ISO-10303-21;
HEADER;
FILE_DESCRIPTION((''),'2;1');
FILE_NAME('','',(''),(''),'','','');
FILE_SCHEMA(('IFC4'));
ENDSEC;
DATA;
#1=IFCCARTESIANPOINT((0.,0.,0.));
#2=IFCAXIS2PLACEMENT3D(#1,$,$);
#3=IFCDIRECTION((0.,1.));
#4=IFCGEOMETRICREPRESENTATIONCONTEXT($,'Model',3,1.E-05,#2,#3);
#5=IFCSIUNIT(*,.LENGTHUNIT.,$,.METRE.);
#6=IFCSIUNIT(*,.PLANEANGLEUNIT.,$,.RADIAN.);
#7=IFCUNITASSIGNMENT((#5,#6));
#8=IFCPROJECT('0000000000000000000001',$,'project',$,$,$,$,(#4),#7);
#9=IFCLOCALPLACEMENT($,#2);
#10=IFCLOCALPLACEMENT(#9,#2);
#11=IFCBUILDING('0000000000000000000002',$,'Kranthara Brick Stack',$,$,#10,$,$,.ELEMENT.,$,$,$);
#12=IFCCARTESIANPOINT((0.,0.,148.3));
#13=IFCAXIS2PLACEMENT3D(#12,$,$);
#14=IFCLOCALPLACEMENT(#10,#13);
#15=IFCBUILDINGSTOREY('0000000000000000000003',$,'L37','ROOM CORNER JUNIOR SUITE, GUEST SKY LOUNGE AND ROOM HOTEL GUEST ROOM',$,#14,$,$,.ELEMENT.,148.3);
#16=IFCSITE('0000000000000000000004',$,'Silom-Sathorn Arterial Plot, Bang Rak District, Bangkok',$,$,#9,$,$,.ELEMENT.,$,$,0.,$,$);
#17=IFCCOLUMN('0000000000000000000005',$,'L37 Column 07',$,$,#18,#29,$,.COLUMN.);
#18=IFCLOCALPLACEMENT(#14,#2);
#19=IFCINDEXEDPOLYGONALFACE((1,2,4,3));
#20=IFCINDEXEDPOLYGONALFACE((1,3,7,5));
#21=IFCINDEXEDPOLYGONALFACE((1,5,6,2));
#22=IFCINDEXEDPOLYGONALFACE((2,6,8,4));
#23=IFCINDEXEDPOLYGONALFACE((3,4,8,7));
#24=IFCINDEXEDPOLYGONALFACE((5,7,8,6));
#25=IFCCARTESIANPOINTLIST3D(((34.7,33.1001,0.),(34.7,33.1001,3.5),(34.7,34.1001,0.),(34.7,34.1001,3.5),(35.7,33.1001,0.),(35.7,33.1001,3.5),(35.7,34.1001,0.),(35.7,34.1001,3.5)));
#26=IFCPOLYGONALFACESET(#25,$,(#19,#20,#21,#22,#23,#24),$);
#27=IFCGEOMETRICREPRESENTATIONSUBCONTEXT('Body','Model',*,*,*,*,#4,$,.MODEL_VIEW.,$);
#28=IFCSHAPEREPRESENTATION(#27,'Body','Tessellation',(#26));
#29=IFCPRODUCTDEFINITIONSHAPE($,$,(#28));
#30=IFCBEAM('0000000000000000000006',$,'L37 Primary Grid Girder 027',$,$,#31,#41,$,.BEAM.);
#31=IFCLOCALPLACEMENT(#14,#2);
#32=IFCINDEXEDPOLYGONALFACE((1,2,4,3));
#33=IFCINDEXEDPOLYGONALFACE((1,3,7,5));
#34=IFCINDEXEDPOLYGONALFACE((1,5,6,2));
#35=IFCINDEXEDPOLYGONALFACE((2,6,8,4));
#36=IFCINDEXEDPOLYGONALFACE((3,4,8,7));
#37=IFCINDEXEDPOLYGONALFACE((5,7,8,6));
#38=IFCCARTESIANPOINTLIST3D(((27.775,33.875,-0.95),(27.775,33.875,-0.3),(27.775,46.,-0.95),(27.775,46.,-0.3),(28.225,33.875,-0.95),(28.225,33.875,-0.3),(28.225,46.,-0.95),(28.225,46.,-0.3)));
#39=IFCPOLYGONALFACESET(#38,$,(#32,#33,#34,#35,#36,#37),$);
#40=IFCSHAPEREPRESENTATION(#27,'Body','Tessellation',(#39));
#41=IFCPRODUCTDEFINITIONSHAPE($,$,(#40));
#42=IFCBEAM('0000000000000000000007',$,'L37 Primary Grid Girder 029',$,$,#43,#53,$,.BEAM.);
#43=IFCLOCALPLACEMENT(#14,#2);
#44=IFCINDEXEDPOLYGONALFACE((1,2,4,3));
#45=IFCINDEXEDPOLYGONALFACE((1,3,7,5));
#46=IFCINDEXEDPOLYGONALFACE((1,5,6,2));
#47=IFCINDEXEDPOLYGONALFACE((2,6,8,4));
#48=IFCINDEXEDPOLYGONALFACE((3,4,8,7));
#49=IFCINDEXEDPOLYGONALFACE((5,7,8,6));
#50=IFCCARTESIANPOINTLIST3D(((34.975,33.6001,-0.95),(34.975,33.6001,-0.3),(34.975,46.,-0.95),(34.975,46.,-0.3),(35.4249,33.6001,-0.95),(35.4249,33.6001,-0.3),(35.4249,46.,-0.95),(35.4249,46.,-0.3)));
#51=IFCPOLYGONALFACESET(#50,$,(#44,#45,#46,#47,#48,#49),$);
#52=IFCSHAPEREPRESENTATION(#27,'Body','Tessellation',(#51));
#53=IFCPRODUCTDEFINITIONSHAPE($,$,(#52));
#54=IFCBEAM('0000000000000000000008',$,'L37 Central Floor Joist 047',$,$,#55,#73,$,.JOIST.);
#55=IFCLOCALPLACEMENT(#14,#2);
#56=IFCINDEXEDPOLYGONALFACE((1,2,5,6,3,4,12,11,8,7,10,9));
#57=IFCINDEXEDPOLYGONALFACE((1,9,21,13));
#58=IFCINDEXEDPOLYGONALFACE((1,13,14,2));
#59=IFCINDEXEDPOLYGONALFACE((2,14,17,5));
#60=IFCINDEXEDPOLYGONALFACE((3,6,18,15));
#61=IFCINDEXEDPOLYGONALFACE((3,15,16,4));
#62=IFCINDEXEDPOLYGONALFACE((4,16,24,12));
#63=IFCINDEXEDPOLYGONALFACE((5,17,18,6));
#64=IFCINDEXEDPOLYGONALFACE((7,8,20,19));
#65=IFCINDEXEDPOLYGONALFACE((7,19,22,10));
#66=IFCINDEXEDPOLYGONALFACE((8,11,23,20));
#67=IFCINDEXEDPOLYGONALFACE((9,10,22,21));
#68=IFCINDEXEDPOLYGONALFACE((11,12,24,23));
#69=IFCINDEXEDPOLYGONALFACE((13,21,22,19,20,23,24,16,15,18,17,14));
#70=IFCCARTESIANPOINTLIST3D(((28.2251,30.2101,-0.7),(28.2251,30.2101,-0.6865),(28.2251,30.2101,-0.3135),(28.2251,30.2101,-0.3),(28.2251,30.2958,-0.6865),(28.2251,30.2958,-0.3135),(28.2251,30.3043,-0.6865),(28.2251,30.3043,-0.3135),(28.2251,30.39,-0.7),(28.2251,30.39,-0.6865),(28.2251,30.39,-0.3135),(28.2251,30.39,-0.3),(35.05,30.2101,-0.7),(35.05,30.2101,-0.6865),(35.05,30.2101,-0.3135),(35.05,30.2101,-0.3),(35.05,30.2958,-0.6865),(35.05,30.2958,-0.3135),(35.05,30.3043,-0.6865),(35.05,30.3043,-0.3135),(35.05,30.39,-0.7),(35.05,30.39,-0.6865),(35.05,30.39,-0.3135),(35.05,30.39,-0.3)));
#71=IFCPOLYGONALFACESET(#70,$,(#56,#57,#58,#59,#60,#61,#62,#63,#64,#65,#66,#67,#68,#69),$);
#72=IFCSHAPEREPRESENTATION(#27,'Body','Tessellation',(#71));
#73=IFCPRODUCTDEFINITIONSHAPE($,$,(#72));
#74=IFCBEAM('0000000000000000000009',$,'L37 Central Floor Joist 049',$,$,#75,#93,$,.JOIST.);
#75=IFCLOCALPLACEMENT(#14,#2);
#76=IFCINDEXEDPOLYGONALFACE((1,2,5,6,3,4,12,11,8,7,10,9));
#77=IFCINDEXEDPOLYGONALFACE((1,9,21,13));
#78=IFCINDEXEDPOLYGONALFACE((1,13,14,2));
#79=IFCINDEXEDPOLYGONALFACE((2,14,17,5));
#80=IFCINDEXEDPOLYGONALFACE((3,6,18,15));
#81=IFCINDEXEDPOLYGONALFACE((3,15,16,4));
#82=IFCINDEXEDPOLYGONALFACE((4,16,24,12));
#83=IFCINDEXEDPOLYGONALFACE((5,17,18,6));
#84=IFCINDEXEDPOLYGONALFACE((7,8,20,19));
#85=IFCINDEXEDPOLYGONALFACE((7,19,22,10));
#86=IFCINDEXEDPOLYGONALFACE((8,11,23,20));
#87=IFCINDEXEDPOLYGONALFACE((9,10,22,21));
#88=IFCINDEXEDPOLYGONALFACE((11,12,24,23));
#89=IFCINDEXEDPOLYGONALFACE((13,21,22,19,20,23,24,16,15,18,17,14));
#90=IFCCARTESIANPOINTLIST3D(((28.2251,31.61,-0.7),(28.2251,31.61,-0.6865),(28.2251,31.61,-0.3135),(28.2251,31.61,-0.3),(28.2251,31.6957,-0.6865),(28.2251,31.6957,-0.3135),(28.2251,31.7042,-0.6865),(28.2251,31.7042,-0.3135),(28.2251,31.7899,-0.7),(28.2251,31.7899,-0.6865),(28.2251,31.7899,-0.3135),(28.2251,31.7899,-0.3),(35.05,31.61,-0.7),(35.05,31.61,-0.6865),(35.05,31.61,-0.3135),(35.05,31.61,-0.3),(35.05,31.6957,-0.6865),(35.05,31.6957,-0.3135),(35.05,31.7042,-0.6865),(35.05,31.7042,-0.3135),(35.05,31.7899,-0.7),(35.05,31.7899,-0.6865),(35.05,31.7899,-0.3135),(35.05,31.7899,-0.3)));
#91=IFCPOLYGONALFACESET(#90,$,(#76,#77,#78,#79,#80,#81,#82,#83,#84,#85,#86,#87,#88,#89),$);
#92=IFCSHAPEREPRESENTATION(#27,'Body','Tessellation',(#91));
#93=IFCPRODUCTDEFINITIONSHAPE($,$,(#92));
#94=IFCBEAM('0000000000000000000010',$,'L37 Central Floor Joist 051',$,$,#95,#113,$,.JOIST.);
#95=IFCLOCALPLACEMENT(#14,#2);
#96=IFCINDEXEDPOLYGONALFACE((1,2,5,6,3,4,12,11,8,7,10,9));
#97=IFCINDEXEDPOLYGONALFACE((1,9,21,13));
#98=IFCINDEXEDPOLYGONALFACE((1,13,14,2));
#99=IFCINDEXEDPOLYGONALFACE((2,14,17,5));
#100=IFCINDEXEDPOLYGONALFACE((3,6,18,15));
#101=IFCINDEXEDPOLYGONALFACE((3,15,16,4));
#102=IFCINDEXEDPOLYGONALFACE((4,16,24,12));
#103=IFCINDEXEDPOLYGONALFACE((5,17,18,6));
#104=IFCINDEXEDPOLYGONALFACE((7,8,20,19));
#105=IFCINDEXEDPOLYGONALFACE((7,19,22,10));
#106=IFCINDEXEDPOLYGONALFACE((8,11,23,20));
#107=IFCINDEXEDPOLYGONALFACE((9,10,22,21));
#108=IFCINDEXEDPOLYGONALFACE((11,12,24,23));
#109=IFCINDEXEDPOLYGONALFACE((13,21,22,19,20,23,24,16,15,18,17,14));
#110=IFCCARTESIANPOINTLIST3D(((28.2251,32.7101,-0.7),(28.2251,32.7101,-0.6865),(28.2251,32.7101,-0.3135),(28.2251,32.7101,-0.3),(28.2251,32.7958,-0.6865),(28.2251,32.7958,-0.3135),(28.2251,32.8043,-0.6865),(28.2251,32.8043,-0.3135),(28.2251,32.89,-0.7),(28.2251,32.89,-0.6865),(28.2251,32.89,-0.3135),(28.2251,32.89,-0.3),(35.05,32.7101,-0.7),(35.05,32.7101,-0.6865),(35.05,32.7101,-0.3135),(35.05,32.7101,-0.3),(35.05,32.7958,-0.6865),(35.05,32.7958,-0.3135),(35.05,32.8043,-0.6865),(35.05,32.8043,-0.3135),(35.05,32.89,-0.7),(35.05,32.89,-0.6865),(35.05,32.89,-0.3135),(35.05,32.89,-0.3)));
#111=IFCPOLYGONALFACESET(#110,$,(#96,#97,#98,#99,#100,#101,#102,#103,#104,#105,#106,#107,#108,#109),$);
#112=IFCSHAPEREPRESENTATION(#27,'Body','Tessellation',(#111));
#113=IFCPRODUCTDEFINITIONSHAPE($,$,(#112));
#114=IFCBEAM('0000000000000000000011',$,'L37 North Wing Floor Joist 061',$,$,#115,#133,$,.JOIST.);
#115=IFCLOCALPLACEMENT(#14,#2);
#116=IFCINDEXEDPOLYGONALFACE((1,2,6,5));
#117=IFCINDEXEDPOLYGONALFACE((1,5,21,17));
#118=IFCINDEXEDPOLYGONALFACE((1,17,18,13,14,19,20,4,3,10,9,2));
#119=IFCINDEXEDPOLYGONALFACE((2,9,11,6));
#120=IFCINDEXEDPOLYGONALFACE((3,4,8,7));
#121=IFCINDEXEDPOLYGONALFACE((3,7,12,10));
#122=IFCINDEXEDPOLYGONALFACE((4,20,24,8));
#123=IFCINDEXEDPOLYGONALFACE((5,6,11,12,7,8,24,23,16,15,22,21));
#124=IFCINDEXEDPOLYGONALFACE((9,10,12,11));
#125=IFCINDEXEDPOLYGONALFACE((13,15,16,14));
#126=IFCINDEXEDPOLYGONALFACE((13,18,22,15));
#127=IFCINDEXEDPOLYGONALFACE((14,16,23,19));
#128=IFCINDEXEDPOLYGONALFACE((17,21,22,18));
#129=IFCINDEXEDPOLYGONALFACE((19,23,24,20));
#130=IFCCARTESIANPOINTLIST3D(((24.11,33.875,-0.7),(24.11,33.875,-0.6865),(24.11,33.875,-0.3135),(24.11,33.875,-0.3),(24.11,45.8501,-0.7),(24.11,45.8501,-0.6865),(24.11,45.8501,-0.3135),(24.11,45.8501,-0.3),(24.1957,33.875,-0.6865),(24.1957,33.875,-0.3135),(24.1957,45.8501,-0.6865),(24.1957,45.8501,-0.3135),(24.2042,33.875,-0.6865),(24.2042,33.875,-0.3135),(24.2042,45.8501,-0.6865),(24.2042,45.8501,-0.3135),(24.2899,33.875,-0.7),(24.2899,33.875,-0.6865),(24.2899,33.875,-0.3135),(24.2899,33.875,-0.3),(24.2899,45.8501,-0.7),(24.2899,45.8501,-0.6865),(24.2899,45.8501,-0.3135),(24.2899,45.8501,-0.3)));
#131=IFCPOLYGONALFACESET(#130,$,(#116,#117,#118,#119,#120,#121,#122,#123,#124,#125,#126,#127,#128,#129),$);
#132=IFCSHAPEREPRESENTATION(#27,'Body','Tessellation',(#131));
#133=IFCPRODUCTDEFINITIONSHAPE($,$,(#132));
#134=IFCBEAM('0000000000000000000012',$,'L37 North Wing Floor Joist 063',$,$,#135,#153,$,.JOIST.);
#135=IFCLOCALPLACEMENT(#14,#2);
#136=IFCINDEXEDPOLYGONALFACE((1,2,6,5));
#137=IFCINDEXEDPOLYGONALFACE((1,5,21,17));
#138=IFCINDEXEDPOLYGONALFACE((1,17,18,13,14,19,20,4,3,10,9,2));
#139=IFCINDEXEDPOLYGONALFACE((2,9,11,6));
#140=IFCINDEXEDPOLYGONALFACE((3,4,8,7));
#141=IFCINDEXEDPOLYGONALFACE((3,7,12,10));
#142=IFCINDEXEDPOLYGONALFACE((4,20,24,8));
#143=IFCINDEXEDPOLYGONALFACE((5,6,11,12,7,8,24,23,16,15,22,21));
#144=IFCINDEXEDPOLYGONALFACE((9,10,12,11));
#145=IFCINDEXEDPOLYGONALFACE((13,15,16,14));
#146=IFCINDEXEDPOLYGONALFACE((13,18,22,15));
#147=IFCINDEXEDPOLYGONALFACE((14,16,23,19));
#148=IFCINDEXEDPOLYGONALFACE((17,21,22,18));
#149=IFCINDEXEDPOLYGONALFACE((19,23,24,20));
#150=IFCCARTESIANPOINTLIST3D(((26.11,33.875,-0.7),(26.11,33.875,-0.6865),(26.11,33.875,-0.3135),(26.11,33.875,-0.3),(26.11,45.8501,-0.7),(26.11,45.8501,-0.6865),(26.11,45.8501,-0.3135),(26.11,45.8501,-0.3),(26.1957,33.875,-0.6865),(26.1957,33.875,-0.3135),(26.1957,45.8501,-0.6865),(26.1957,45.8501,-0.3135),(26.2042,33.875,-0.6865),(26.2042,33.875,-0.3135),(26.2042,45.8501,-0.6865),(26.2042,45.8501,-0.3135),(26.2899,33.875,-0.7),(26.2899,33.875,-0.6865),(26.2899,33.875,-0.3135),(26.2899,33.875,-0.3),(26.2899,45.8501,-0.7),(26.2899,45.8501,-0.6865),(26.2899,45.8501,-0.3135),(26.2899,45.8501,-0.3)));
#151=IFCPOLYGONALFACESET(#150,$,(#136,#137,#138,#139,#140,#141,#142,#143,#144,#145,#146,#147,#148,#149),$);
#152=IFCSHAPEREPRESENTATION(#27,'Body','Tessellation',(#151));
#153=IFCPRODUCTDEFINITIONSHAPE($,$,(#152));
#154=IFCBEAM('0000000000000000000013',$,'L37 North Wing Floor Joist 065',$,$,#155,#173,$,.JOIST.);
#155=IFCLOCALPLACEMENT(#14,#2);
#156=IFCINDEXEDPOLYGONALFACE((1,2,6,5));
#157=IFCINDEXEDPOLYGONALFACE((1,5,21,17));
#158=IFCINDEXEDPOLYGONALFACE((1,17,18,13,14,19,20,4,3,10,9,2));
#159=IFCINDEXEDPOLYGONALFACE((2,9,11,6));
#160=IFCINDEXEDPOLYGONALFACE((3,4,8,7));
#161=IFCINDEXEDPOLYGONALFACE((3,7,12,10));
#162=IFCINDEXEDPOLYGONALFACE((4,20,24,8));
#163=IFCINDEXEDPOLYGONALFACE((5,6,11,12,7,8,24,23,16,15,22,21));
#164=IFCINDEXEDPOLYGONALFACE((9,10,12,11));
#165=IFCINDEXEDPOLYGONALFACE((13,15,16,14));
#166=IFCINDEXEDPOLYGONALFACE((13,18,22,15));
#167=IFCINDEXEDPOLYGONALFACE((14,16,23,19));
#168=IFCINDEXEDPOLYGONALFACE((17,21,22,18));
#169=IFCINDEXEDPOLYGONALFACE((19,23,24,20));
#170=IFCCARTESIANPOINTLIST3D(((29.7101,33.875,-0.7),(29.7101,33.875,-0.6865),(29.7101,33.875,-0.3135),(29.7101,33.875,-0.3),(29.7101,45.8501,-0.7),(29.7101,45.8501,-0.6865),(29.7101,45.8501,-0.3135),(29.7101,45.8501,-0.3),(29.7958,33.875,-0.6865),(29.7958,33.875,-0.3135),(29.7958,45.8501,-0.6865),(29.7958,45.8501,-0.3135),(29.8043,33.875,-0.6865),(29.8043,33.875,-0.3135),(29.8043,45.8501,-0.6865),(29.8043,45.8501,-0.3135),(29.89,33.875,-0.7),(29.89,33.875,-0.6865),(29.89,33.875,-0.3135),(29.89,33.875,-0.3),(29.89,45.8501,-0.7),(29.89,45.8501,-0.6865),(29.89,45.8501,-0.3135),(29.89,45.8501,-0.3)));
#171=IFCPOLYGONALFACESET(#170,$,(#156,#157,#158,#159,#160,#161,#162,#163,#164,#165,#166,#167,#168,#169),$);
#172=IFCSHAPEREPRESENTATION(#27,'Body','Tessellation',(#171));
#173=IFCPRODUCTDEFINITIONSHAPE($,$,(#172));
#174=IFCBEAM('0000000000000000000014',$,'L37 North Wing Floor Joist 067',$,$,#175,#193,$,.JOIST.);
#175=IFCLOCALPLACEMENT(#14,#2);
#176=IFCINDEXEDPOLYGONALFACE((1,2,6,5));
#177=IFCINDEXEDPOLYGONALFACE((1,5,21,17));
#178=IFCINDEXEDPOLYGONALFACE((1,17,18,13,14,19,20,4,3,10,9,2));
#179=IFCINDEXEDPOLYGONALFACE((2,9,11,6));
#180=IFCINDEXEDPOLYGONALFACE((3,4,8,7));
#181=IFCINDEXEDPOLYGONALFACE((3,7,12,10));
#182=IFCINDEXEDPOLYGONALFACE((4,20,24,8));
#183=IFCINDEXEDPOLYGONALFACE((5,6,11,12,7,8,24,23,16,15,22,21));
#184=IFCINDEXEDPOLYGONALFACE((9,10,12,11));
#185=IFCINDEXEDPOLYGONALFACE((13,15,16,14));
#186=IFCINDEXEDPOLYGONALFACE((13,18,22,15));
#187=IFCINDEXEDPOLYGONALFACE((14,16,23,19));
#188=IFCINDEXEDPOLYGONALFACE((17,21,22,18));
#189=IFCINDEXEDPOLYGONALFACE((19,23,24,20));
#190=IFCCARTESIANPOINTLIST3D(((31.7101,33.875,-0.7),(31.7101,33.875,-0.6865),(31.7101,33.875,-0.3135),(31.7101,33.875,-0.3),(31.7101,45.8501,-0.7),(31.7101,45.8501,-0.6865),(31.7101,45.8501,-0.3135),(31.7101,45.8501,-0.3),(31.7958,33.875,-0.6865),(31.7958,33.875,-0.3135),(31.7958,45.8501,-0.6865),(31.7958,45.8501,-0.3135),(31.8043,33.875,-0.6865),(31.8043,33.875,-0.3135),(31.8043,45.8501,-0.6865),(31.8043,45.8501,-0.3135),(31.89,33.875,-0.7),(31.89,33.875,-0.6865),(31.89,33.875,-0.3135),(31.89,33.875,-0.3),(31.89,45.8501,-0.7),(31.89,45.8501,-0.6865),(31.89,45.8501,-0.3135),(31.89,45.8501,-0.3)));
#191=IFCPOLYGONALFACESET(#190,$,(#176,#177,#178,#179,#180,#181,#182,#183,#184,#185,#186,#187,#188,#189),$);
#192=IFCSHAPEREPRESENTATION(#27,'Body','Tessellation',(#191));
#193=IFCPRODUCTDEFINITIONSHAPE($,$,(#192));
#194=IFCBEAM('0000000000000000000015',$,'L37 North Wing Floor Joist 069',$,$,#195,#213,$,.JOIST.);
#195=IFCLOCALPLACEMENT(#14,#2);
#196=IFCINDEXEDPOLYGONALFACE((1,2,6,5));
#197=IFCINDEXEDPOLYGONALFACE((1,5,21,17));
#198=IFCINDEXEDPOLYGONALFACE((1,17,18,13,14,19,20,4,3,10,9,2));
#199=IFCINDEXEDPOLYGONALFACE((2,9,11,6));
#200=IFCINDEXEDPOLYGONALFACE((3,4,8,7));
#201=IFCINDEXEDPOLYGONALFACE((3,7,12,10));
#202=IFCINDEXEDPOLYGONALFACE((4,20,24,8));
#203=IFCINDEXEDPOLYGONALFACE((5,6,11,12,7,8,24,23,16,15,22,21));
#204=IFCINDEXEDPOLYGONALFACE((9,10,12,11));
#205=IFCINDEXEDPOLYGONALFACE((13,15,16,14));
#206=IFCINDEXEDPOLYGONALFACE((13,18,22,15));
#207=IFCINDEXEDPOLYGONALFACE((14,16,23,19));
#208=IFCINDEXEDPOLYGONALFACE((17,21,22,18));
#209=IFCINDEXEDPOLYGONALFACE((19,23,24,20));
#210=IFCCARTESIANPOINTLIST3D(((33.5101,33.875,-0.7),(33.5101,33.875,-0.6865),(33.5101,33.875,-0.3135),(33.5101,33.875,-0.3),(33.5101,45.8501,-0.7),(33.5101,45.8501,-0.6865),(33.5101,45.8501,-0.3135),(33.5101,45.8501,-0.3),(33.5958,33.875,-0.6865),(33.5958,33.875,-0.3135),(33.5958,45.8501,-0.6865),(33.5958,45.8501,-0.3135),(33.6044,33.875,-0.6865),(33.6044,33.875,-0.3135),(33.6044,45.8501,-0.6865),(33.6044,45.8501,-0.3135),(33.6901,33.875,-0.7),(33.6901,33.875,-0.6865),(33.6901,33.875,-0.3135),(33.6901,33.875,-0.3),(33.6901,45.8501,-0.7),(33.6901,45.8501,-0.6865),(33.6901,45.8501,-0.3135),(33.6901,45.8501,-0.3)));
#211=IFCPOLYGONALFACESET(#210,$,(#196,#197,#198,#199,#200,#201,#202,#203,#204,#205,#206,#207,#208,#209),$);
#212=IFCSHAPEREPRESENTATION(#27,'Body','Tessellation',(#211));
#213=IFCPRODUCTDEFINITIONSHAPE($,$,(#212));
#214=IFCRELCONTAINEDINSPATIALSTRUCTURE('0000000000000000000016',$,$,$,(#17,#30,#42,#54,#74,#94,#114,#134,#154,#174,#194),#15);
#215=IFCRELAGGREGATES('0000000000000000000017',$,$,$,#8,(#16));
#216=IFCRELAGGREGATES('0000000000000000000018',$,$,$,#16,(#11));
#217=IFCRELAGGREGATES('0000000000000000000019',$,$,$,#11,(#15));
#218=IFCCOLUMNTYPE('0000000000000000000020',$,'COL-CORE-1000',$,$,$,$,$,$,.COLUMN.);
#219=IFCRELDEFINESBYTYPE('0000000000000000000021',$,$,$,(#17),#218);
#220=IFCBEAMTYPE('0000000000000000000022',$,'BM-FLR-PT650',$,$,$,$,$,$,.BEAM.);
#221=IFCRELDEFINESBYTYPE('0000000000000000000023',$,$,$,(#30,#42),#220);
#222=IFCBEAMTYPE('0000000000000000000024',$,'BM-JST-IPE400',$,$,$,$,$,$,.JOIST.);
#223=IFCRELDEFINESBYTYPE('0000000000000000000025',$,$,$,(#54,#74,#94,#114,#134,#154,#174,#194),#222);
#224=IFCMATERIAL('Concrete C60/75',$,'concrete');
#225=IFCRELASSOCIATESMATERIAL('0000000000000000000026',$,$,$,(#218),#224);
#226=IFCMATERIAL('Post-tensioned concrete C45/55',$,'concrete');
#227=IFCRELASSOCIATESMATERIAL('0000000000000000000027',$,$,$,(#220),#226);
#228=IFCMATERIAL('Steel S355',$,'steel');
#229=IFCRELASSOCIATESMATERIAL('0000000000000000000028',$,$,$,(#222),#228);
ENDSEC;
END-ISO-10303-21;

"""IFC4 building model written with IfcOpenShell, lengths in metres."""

from ifc_helpers import new_model, si_unit, direction, frame, origin, origin_2d, place, context, subcontext, project, spatial, rectangle, i_section, extrude, material, material_profile, profile_set, type_object, element, save


model = new_model("IFC4")

# Units and contexts
model_context = context("Model", 3, precision=1e-05, world=origin(), true_north=direction((0.0, 1.0)))
body_context = subcontext(model_context, "Body", "Model", "MODEL_VIEW")
ifc_project = project(units=[si_unit("LENGTHUNIT", "METRE"), si_unit("PLANEANGLEUNIT", "RADIAN")], contexts=[model_context])

# Site, building, storey
site_placement = place(None, origin())
site = spatial("IfcSite", under=ifc_project, at=site_placement, Name="Silom-Sathorn Arterial Plot, Bang Rak District, Bangkok", CompositionType="ELEMENT", RefElevation=0.0)
building_placement = place(site_placement, origin())
building = spatial("IfcBuilding", under=site, at=building_placement, Name="Kranthara Brick Stack", CompositionType="ELEMENT")
storey_placement = place(building_placement, frame((0.0, 0.0, 148.3)))
storey = spatial("IfcBuildingStorey", under=building, at=storey_placement, Name="L37", Description="ROOM CORNER JUNIOR SUITE, GUEST SKY LOUNGE AND ROOM HOTEL GUEST ROOM", CompositionType="ELEMENT", Elevation=148.3)

# Column
ifc_material_1 = material(Name="Concrete C60/75", Category="concrete")
ifc_material_profile_1 = material_profile(ifc_material_1, rectangle(XDim=1.0, YDim=1.0, at=origin_2d()), Name="RC 1000x1000")
ifc_profile_set_1 = profile_set([ifc_material_profile_1], Name="Concrete C60/75")
column_type = type_object("IfcColumnType", Name="COL-CORE-1000", PredefinedType="COLUMN", material=ifc_profile_set_1)
column_placement = place(storey_placement, frame((35.2, 33.6001, 0.0), z_axis=(0.0, 0.0, 1.0), x_axis=(1.0, 0.0, 0.0)))
element("IfcColumn", 1, at=column_placement, inside=storey, type_object=column_type, Name="L37 Column 07", PredefinedType="COLUMN", context=body_context, shape_type="SweptSolid", body=[
    extrude(rectangle(XDim=1.0, YDim=1.0, at=origin_2d()), origin(), (0.0, 0.0, 1.0), 3.5),
])

# Beams
ifc_material_2 = material(Name="Post-tensioned concrete C45/55", Category="concrete")
ifc_material_profile_2 = material_profile(ifc_material_2, rectangle(XDim=0.45, YDim=0.6499, at=origin_2d()), Name="PT 450x650")
ifc_profile_set_2 = profile_set([ifc_material_profile_2], Name="Post-tensioned concrete C45/55")
beam_type_1 = type_object("IfcBeamType", Name="BM-FLR-PT650", PredefinedType="BEAM", material=ifc_profile_set_2)
beam_1_placement = place(storey_placement, frame((28.0, 33.875, -0.625), z_axis=(0.0, 1.0, 0.0), x_axis=(-1.0, 0.0, 0.0)))
element("IfcBeam", 2, at=beam_1_placement, inside=storey, type_object=beam_type_1, Name="L37 Primary Grid Girder 027", PredefinedType="BEAM", context=body_context, shape_type="SweptSolid", body=[
    extrude(rectangle(XDim=0.45, YDim=0.6499, at=origin_2d()), origin(), (0.0, 0.0, 1.0), 12.125),
])
beam_2_placement = place(storey_placement, frame((35.2, 33.6001, -0.625), z_axis=(0.0, 1.0, 0.0), x_axis=(-1.0, 0.0, 0.0)))
element("IfcBeam", 3, at=beam_2_placement, inside=storey, type_object=beam_type_1, Name="L37 Primary Grid Girder 029", PredefinedType="BEAM", context=body_context, shape_type="SweptSolid", body=[
    extrude(rectangle(XDim=0.45, YDim=0.6499, at=origin_2d()), origin(), (0.0, 0.0, 1.0), 12.3999),
])
ifc_material_3 = material(Name="Steel S355", Category="steel")
ifc_material_profile_3 = material_profile(ifc_material_3, i_section(OverallWidth=0.1799, OverallDepth=0.3999, WebThickness=0.0085, FlangeThickness=0.0134, at=origin_2d()), Name="IPE 400")
ifc_profile_set_3 = profile_set([ifc_material_profile_3], Name="Steel S355")
beam_type_2 = type_object("IfcBeamType", Name="BM-JST-IPE400", PredefinedType="JOIST", material=ifc_profile_set_3)
for number, where, z_axis, x_axis, name in (
    (4, (28.2251, 30.3, -0.5), (1.0, 0.0, 0.0), (0.0, 1.0, 0.0), "L37 Central Floor Joist 047"),
    (5, (28.2251, 31.7, -0.5), (1.0, 0.0, 0.0), (0.0, 1.0, 0.0), "L37 Central Floor Joist 049"),
    (6, (28.2251, 32.8, -0.5), (1.0, 0.0, 0.0), (0.0, 1.0, 0.0), "L37 Central Floor Joist 051"),
):
    element("IfcBeam", number, at=place(storey_placement, frame(where, z_axis=z_axis, x_axis=x_axis)), inside=storey, type_object=beam_type_2, Name=name, PredefinedType="JOIST", context=body_context, shape_type="SweptSolid", body=[
        extrude(i_section(OverallWidth=0.1799, OverallDepth=0.3999, WebThickness=0.0085, FlangeThickness=0.0134, at=origin_2d()), origin(), (0.0, 0.0, 1.0), 6.825),
    ])
for number, where, z_axis, x_axis, name in (
    (7, (24.2, 33.875, -0.5), (0.0, 1.0, 0.0), (-1.0, 0.0, 0.0), "L37 North Wing Floor Joist 061"),
    (8, (26.2, 33.875, -0.5), (0.0, 1.0, 0.0), (-1.0, 0.0, 0.0), "L37 North Wing Floor Joist 063"),
    (9, (29.8, 33.875, -0.5), (0.0, 1.0, 0.0), (-1.0, 0.0, 0.0), "L37 North Wing Floor Joist 065"),
    (10, (31.8, 33.875, -0.5), (0.0, 1.0, 0.0), (-1.0, 0.0, 0.0), "L37 North Wing Floor Joist 067"),
    (11, (33.6001, 33.875, -0.5), (0.0, 1.0, 0.0), (-1.0, 0.0, 0.0), "L37 North Wing Floor Joist 069"),
):
    element("IfcBeam", number, at=place(storey_placement, frame(where, z_axis=z_axis, x_axis=x_axis)), inside=storey, type_object=beam_type_2, Name=name, PredefinedType="JOIST", context=body_context, shape_type="SweptSolid", body=[
        extrude(i_section(OverallWidth=0.1799, OverallDepth=0.3999, WebThickness=0.0085, FlangeThickness=0.0134, at=origin_2d()), origin(), (0.0, 0.0, 1.0), 11.9751),
    ])

save(model, "model.ifc")
